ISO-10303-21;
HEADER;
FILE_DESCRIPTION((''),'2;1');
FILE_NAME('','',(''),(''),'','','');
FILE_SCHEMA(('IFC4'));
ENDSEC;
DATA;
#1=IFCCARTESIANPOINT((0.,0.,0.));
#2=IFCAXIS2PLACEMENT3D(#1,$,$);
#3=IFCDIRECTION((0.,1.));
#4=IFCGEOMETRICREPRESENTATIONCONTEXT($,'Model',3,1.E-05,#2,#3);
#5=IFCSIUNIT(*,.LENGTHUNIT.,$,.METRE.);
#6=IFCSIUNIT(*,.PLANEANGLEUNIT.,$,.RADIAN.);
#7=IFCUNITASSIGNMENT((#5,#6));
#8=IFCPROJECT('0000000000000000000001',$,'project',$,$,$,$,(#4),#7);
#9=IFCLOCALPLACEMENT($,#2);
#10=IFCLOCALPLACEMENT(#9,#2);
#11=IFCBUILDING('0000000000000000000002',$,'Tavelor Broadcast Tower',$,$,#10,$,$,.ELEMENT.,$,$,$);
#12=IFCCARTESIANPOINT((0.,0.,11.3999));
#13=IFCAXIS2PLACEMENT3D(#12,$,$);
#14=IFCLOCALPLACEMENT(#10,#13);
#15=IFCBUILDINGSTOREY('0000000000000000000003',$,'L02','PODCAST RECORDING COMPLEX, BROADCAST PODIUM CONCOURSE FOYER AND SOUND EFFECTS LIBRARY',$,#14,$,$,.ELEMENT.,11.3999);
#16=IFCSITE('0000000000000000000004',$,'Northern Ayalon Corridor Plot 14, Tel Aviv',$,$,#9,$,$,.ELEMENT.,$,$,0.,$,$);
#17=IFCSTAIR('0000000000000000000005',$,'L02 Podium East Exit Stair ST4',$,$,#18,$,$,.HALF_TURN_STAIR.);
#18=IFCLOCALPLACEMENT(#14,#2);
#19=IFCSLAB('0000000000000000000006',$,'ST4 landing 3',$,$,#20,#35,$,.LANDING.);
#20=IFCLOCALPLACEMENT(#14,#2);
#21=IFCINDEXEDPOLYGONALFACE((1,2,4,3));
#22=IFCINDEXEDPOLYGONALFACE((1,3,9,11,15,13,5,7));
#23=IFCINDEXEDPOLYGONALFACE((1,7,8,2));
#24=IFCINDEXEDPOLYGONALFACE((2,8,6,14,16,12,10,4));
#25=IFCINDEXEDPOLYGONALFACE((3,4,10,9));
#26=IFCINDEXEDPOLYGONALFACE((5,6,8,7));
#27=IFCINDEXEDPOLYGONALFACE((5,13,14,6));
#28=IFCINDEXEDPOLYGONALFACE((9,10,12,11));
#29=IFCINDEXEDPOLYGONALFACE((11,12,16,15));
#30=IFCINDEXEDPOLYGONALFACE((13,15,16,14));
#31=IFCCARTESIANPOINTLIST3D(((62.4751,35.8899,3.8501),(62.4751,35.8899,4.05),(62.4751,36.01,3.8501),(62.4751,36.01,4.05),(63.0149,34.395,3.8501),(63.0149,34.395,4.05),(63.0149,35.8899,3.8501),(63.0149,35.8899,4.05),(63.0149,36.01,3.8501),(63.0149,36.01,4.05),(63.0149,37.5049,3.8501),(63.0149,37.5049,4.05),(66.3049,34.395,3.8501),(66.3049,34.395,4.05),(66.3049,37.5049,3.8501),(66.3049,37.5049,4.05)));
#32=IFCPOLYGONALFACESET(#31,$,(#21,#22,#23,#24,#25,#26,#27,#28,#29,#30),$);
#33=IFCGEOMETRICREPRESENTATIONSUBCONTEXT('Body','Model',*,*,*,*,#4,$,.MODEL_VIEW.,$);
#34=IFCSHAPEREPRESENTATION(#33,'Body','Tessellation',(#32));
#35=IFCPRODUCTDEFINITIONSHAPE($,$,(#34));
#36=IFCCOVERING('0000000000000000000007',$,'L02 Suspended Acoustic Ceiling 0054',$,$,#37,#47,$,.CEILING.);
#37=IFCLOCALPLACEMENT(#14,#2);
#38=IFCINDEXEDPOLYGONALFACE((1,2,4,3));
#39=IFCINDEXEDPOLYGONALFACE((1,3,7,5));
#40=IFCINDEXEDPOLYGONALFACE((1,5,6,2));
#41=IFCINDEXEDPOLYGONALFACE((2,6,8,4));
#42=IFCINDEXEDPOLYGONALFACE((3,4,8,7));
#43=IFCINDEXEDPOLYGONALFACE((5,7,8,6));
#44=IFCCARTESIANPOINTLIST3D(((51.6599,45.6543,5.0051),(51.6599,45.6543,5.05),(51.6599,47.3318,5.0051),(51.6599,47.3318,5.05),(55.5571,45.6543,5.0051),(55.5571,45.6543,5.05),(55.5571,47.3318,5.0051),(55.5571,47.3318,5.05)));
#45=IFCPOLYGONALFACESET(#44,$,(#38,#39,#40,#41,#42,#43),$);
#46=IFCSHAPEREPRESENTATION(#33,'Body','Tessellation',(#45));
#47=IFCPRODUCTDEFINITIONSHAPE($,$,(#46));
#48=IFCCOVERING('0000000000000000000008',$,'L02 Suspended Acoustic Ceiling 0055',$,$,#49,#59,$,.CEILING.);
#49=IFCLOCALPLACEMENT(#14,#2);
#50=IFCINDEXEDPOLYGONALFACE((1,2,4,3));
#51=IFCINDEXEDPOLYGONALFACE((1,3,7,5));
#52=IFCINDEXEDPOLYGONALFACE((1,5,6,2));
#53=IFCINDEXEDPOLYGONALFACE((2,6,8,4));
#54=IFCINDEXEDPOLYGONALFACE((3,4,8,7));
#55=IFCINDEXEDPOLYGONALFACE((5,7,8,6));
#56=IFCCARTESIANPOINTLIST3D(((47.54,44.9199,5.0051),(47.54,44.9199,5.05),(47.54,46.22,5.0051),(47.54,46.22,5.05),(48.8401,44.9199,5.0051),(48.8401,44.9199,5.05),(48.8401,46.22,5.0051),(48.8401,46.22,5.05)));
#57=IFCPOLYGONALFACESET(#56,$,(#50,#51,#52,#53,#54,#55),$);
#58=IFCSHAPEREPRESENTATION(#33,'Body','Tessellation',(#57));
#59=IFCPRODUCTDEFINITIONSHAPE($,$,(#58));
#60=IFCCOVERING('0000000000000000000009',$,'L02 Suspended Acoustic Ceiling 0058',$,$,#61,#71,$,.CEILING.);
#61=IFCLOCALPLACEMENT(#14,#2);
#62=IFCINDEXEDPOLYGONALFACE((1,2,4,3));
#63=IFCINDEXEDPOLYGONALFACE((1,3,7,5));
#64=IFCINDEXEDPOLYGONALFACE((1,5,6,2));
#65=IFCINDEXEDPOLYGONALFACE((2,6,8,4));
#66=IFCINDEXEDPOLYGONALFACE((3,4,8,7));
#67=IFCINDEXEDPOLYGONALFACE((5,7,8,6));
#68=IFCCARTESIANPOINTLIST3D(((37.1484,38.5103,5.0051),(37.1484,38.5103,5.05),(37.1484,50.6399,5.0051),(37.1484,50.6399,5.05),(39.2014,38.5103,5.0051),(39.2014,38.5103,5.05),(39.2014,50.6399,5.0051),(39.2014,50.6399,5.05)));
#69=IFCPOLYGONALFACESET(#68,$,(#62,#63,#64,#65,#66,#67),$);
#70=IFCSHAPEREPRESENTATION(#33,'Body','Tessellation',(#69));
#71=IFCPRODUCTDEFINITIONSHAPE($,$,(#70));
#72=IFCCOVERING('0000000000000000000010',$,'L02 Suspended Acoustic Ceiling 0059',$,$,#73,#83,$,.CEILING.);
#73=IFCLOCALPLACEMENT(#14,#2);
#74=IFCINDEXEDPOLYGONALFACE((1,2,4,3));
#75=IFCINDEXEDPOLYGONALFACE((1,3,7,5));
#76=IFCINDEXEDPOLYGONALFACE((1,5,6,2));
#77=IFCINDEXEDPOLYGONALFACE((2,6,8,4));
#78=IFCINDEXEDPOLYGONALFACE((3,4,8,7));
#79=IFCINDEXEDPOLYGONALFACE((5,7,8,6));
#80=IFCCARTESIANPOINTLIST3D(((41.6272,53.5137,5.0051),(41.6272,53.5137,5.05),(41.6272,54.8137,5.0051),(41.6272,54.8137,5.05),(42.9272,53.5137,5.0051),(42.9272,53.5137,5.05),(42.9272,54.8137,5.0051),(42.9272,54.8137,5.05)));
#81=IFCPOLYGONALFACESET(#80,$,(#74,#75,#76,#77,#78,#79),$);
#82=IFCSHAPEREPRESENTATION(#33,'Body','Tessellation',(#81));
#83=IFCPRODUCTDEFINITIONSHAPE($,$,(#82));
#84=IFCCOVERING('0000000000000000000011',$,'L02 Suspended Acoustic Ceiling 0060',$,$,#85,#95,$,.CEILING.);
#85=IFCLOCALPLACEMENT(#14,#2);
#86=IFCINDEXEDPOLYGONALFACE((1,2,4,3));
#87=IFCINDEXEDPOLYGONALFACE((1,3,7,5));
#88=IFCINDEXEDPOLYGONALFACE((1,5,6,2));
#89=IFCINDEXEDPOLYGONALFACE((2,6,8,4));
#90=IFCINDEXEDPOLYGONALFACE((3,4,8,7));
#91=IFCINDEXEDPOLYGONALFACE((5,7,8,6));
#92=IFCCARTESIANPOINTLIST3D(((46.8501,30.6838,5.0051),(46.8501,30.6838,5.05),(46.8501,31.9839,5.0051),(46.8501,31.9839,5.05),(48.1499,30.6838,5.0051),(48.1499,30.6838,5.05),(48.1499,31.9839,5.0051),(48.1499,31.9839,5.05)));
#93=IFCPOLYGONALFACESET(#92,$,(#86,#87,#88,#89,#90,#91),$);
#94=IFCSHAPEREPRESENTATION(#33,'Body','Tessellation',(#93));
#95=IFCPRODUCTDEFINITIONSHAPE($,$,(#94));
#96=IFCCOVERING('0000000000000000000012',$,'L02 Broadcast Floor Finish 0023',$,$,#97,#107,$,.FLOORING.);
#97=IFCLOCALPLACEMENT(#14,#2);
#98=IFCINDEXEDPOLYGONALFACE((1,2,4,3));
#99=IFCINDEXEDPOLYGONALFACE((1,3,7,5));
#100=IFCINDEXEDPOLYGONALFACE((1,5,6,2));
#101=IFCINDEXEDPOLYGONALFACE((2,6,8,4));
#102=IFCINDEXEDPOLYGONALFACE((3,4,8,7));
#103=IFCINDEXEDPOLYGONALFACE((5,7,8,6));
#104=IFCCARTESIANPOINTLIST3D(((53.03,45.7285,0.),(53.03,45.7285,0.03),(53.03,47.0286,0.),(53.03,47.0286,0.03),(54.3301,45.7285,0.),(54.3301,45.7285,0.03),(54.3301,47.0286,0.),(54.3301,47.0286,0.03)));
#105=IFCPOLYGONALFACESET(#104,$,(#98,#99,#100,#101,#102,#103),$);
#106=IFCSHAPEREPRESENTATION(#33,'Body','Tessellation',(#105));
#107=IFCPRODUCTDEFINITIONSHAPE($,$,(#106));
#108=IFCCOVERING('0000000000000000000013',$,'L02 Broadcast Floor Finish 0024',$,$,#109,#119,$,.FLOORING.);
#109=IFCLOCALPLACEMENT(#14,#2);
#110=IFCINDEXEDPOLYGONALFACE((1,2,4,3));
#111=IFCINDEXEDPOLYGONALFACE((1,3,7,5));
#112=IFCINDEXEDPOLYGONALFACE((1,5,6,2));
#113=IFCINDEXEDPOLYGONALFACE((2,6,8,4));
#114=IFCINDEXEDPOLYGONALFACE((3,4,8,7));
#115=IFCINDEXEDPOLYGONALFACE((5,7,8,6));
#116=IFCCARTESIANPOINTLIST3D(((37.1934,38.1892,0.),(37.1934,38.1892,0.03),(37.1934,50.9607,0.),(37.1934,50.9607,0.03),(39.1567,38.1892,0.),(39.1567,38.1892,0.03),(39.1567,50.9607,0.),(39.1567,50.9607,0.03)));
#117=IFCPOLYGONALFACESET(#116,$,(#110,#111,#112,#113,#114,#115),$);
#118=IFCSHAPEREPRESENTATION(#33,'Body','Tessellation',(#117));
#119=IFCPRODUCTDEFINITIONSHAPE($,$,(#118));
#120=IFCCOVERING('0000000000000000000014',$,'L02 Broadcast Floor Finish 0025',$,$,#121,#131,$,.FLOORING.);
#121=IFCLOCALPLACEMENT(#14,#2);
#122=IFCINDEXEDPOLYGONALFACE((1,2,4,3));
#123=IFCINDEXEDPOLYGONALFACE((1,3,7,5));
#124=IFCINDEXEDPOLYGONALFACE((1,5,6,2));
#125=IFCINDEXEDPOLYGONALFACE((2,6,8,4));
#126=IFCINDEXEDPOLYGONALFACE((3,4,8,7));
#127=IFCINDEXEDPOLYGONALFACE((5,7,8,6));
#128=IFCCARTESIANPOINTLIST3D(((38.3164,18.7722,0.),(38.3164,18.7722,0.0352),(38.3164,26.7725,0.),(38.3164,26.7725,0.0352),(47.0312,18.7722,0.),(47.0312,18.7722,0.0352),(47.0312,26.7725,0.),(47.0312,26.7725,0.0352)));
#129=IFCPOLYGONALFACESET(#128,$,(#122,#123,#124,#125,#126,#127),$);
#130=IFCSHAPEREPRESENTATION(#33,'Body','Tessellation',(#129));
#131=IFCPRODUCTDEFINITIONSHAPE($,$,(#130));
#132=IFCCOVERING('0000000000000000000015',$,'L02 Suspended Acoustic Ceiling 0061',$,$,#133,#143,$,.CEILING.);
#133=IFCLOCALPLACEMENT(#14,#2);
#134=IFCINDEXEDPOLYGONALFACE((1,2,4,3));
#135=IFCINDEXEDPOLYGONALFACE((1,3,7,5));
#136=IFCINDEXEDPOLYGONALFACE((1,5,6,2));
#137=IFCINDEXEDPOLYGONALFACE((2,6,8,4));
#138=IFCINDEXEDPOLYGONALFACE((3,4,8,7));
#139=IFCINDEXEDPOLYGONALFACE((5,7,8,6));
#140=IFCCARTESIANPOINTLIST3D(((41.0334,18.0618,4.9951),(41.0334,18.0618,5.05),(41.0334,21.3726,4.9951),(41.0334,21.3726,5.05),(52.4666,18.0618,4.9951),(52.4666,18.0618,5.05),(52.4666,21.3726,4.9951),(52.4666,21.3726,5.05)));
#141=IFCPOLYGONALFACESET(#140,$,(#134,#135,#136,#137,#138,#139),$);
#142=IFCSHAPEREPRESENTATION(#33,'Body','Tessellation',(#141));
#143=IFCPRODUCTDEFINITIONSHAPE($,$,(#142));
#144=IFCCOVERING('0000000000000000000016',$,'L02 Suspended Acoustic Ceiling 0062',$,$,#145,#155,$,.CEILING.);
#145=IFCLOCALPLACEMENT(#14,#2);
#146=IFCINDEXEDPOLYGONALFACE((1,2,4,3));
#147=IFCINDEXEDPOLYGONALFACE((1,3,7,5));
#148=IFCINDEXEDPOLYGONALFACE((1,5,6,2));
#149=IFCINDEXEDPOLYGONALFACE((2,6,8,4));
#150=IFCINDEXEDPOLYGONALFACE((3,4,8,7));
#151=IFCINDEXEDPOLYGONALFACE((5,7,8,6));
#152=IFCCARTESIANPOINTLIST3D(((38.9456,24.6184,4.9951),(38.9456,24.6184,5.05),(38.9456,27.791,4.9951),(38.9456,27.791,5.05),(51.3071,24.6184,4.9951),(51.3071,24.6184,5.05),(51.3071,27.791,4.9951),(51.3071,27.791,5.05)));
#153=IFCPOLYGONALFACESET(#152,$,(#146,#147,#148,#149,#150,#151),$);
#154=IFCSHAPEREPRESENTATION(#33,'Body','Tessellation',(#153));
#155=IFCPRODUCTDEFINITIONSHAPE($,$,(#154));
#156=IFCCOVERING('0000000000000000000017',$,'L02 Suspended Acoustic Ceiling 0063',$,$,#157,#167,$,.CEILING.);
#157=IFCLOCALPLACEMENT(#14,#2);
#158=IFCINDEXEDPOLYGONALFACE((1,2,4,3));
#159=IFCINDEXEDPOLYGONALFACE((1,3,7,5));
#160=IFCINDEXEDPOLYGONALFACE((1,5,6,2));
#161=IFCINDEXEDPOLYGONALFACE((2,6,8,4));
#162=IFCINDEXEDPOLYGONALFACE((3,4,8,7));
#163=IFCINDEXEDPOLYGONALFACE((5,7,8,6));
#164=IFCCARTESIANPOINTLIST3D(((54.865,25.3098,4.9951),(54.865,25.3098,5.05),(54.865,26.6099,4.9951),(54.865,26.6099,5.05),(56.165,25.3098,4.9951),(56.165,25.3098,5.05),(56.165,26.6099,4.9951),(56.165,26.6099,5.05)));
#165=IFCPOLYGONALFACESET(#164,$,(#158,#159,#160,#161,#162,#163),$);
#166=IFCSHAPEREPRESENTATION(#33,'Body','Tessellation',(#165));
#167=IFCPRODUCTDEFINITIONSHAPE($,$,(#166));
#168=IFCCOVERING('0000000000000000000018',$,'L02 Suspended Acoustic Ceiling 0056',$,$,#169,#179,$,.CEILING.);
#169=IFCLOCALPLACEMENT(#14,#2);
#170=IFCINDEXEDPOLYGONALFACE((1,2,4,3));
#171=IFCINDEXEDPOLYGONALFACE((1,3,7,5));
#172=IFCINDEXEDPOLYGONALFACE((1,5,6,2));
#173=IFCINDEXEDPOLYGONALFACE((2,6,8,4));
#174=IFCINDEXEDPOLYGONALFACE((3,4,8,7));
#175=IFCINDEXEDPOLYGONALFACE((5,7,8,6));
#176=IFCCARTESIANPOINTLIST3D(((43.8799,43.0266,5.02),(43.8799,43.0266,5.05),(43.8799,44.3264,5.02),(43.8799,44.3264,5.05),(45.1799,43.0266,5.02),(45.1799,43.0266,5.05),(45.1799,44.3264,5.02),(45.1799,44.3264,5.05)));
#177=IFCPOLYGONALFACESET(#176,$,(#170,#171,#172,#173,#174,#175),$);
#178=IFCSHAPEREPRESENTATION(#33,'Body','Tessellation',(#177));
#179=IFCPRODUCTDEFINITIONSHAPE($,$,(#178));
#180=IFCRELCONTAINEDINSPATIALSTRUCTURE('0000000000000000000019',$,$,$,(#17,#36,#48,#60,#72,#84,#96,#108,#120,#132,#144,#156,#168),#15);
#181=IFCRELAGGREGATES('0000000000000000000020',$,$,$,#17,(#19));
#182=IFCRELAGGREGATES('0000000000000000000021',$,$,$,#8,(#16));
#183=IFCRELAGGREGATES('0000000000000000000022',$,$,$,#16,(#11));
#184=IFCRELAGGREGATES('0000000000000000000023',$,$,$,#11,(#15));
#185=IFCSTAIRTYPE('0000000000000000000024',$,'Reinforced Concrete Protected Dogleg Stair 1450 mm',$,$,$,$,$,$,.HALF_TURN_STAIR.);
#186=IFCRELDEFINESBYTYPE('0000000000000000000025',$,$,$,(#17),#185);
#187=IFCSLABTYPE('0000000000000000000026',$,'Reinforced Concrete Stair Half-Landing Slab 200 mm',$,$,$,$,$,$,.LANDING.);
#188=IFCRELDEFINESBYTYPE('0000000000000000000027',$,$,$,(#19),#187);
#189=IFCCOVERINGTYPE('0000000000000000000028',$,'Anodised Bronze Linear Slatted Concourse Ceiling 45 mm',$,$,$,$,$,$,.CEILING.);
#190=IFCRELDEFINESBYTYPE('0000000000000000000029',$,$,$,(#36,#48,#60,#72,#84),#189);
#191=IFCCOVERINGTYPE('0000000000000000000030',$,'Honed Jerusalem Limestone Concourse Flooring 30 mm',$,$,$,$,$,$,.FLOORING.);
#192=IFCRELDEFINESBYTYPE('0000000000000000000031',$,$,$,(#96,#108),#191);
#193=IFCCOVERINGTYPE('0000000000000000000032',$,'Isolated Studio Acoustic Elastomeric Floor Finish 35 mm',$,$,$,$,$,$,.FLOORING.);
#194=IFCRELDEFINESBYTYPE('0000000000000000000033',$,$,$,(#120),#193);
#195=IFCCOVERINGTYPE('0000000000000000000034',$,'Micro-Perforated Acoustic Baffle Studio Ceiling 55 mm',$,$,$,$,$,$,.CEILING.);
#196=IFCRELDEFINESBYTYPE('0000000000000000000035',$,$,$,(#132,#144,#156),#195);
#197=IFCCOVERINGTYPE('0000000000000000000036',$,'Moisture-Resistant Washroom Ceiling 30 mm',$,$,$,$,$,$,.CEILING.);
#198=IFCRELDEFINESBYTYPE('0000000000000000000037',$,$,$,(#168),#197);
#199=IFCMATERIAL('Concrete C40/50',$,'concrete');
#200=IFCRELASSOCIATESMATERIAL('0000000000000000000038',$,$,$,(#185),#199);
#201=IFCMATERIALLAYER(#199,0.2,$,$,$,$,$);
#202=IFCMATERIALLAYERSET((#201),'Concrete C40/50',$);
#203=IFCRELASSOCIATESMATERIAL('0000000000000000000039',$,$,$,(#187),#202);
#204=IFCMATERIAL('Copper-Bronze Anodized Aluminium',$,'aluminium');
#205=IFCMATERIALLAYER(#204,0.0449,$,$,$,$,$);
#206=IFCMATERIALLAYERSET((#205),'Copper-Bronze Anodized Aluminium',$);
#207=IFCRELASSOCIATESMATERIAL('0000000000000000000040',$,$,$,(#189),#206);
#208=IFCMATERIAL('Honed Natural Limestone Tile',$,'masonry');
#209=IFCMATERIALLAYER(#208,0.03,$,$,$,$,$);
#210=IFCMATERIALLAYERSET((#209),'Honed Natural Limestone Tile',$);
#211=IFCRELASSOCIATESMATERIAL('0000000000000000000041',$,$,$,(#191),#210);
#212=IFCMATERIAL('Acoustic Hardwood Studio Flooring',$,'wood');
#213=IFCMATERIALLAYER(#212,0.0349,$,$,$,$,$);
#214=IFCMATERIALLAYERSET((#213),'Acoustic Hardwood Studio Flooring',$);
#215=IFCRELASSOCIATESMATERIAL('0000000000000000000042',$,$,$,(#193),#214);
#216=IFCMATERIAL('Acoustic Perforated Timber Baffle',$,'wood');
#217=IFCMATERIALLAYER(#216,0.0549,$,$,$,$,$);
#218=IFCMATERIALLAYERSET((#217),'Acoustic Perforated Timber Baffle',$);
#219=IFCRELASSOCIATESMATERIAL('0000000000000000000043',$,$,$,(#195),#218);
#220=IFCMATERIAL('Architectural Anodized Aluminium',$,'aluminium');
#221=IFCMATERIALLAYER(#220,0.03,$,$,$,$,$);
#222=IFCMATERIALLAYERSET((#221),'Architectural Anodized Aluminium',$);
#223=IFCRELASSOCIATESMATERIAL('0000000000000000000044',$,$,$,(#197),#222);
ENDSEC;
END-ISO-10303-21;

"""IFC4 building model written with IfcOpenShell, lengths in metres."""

from ifc_helpers import new_model, si_unit, direction, frame, origin, place, context, subcontext, project, spatial, polyline, outline, extrude, material, layer, layer_set, type_object, element, aggregate, save


model = new_model("IFC4")

# Units and contexts
model_context = context("Model", 3, precision=1e-05, world=origin(), true_north=direction((0.0, 1.0)))
body_context = subcontext(model_context, "Body", "Model", "MODEL_VIEW")
ifc_project = project(units=[si_unit("LENGTHUNIT", "METRE"), si_unit("PLANEANGLEUNIT", "RADIAN")], contexts=[model_context])

# Site, building, storey
site_placement = place(None, origin())
site = spatial("IfcSite", under=ifc_project, at=site_placement, Name="Northern Ayalon Corridor Plot 14, Tel Aviv", CompositionType="ELEMENT", RefElevation=0.0)
building_placement = place(site_placement, origin())
building = spatial("IfcBuilding", under=site, at=building_placement, Name="Tavelor Broadcast Tower", CompositionType="ELEMENT")
storey_placement = place(building_placement, frame((0.0, 0.0, 11.3999)))
storey = spatial("IfcBuildingStorey", under=building, at=storey_placement, Name="L02", Description="PODCAST RECORDING COMPLEX, BROADCAST PODIUM CONCOURSE FOYER AND SOUND EFFECTS LIBRARY", CompositionType="ELEMENT", Elevation=11.3999)

# Shared definitions
ifc_material_1 = material(Name="Concrete C40/50", Category="concrete")

# Stair, slab
stair_type = type_object("IfcStairType", Name="Reinforced Concrete Protected Dogleg Stair 1450 mm", PredefinedType="HALF_TURN_STAIR", material=ifc_material_1)
ifc_layer_1 = layer(ifc_material_1, 0.2)
ifc_layer_set_1 = layer_set([ifc_layer_1], Name="Concrete C40/50")
slab_type_1 = type_object("IfcSlabType", Name="Reinforced Concrete Stair Half-Landing Slab 200 mm", PredefinedType="LANDING", material=ifc_layer_set_1)
stair_1_placement = place(storey_placement, origin())
stair_1 = element("IfcStair", 1, at=stair_1_placement, inside=storey, type_object=stair_type, Name="L02 Podium East Exit Stair ST4", PredefinedType="HALF_TURN_STAIR")
slab_1_placement = place(storey_placement, frame((0.0, 0.0, 3.8501)))
slab_1 = element("IfcSlab", 2, at=slab_1_placement, type_object=slab_type_1, Name="ST4 landing 3", PredefinedType="LANDING", context=body_context, shape_type="SweptSolid", body=[
    extrude(outline(polyline([(63.0149, 35.8899), (63.0149, 34.395), (66.3049, 34.395), (66.3049, 37.5049), (63.0149, 37.5049), (63.0149, 36.01), (62.4751, 36.01), (62.4751, 35.8899), (63.0149, 35.8899)])), origin(), (0.0, 0.0, 1.0), 0.2),
])
aggregate(stair_1, [slab_1])

# Coverings
ifc_material_2 = material(Name="Copper-Bronze Anodized Aluminium", Category="aluminium")
ifc_layer_2 = layer(ifc_material_2, 0.0449)
ifc_layer_set_2 = layer_set([ifc_layer_2], Name="Copper-Bronze Anodized Aluminium")
covering_type_1 = type_object("IfcCoveringType", Name="Anodised Bronze Linear Slatted Concourse Ceiling 45 mm", PredefinedType="CEILING", material=ifc_layer_set_2)
covering_1_placement = place(storey_placement, frame((0.0, 0.0, 5.0051)))
element("IfcCovering", 3, at=covering_1_placement, inside=storey, type_object=covering_type_1, Name="L02 Suspended Acoustic Ceiling 0054", PredefinedType="CEILING", context=body_context, shape_type="SweptSolid", body=[
    extrude(outline(polyline([(51.6599, 45.6543), (55.5571, 45.6543), (55.5571, 47.3318), (51.6599, 47.3318), (51.6599, 45.6543)])), origin(), (0.0, 0.0, 1.0), 0.0449),
])
covering_2_placement = place(storey_placement, frame((0.0, 0.0, 5.0051)))
element("IfcCovering", 4, at=covering_2_placement, inside=storey, type_object=covering_type_1, Name="L02 Suspended Acoustic Ceiling 0055", PredefinedType="CEILING", context=body_context, shape_type="SweptSolid", body=[
    extrude(outline(polyline([(47.54, 44.9199), (48.8401, 44.9199), (48.8401, 46.22), (47.54, 46.22), (47.54, 44.9199)])), origin(), (0.0, 0.0, 1.0), 0.0449),
])
covering_3_placement = place(storey_placement, frame((0.0, 0.0, 5.0051)))
element("IfcCovering", 5, at=covering_3_placement, inside=storey, type_object=covering_type_1, Name="L02 Suspended Acoustic Ceiling 0058", PredefinedType="CEILING", context=body_context, shape_type="SweptSolid", body=[
    extrude(outline(polyline([(37.1484, 38.5103), (39.2014, 38.5103), (39.2014, 50.6399), (37.1484, 50.6399), (37.1484, 38.5103)])), origin(), (0.0, 0.0, 1.0), 0.0449),
])
covering_4_placement = place(storey_placement, frame((0.0, 0.0, 5.0051)))
element("IfcCovering", 6, at=covering_4_placement, inside=storey, type_object=covering_type_1, Name="L02 Suspended Acoustic Ceiling 0059", PredefinedType="CEILING", context=body_context, shape_type="SweptSolid", body=[
    extrude(outline(polyline([(41.6272, 53.5137), (42.9272, 53.5137), (42.9272, 54.8137), (41.6272, 54.8137), (41.6272, 53.5137)])), origin(), (0.0, 0.0, 1.0), 0.0449),
])
covering_5_placement = place(storey_placement, frame((0.0, 0.0, 5.0051)))
element("IfcCovering", 7, at=covering_5_placement, inside=storey, type_object=covering_type_1, Name="L02 Suspended Acoustic Ceiling 0060", PredefinedType="CEILING", context=body_context, shape_type="SweptSolid", body=[
    extrude(outline(polyline([(46.8501, 30.6838), (48.1499, 30.6838), (48.1499, 31.9839), (46.8501, 31.9839), (46.8501, 30.6838)])), origin(), (0.0, 0.0, 1.0), 0.0449),
])
ifc_material_3 = material(Name="Honed Natural Limestone Tile", Category="masonry")
ifc_layer_3 = layer(ifc_material_3, 0.03)
ifc_layer_set_3 = layer_set([ifc_layer_3], Name="Honed Natural Limestone Tile")
covering_type_2 = type_object("IfcCoveringType", Name="Honed Jerusalem Limestone Concourse Flooring 30 mm", PredefinedType="FLOORING", material=ifc_layer_set_3)
covering_6_placement = place(storey_placement, origin())
element("IfcCovering", 8, at=covering_6_placement, inside=storey, type_object=covering_type_2, Name="L02 Broadcast Floor Finish 0023", PredefinedType="FLOORING", context=body_context, shape_type="SweptSolid", body=[
    extrude(outline(polyline([(53.03, 45.7285), (54.3301, 45.7285), (54.3301, 47.0286), (53.03, 47.0286), (53.03, 45.7285)])), origin(), (0.0, 0.0, 1.0), 0.03),
])
covering_7_placement = place(storey_placement, origin())
element("IfcCovering", 9, at=covering_7_placement, inside=storey, type_object=covering_type_2, Name="L02 Broadcast Floor Finish 0024", PredefinedType="FLOORING", context=body_context, shape_type="SweptSolid", body=[
    extrude(outline(polyline([(37.1934, 38.1892), (39.1567, 38.1892), (39.1567, 50.9607), (37.1934, 50.9607), (37.1934, 38.1892)])), origin(), (0.0, 0.0, 1.0), 0.03),
])
ifc_material_4 = material(Name="Acoustic Hardwood Studio Flooring", Category="wood")
ifc_layer_4 = layer(ifc_material_4, 0.0349)
ifc_layer_set_4 = layer_set([ifc_layer_4], Name="Acoustic Hardwood Studio Flooring")
covering_type_3 = type_object("IfcCoveringType", Name="Isolated Studio Acoustic Elastomeric Floor Finish 35 mm", PredefinedType="FLOORING", material=ifc_layer_set_4)
covering_8_placement = place(storey_placement, origin())
element("IfcCovering", 10, at=covering_8_placement, inside=storey, type_object=covering_type_3, Name="L02 Broadcast Floor Finish 0025", PredefinedType="FLOORING", context=body_context, shape_type="SweptSolid", body=[
    extrude(outline(polyline([(38.3164, 18.7722), (47.0312, 18.7722), (47.0312, 26.7725), (38.3164, 26.7725), (38.3164, 18.7722)])), origin(), (0.0, 0.0, 1.0), 0.0352),
])
ifc_material_5 = material(Name="Acoustic Perforated Timber Baffle", Category="wood")
ifc_layer_5 = layer(ifc_material_5, 0.0549)
ifc_layer_set_5 = layer_set([ifc_layer_5], Name="Acoustic Perforated Timber Baffle")
covering_type_4 = type_object("IfcCoveringType", Name="Micro-Perforated Acoustic Baffle Studio Ceiling 55 mm", PredefinedType="CEILING", material=ifc_layer_set_5)
covering_9_placement = place(storey_placement, frame((0.0, 0.0, 4.9951)))
element("IfcCovering", 11, at=covering_9_placement, inside=storey, type_object=covering_type_4, Name="L02 Suspended Acoustic Ceiling 0061", PredefinedType="CEILING", context=body_context, shape_type="SweptSolid", body=[
    extrude(outline(polyline([(41.0334, 18.0618), (52.4666, 18.0618), (52.4666, 21.3726), (41.0334, 21.3726), (41.0334, 18.0618)])), origin(), (0.0, 0.0, 1.0), 0.0549),
])
covering_10_placement = place(storey_placement, frame((0.0, 0.0, 4.9951)))
element("IfcCovering", 12, at=covering_10_placement, inside=storey, type_object=covering_type_4, Name="L02 Suspended Acoustic Ceiling 0062", PredefinedType="CEILING", context=body_context, shape_type="SweptSolid", body=[
    extrude(outline(polyline([(38.9456, 24.6184), (51.3071, 24.6184), (51.3071, 27.791), (38.9456, 27.791), (38.9456, 24.6184)])), origin(), (0.0, 0.0, 1.0), 0.0549),
])
covering_11_placement = place(storey_placement, frame((0.0, 0.0, 4.9951)))
element("IfcCovering", 13, at=covering_11_placement, inside=storey, type_object=covering_type_4, Name="L02 Suspended Acoustic Ceiling 0063", PredefinedType="CEILING", context=body_context, shape_type="SweptSolid", body=[
    extrude(outline(polyline([(54.865, 25.3098), (56.165, 25.3098), (56.165, 26.6099), (54.865, 26.6099), (54.865, 25.3098)])), origin(), (0.0, 0.0, 1.0), 0.0549),
])
ifc_material_6 = material(Name="Architectural Anodized Aluminium", Category="aluminium")
ifc_layer_6 = layer(ifc_material_6, 0.03)
ifc_layer_set_6 = layer_set([ifc_layer_6], Name="Architectural Anodized Aluminium")
covering_type_5 = type_object("IfcCoveringType", Name="Moisture-Resistant Washroom Ceiling 30 mm", PredefinedType="CEILING", material=ifc_layer_set_6)
covering_12_placement = place(storey_placement, frame((0.0, 0.0, 5.02)))
element("IfcCovering", 14, at=covering_12_placement, inside=storey, type_object=covering_type_5, Name="L02 Suspended Acoustic Ceiling 0056", PredefinedType="CEILING", context=body_context, shape_type="SweptSolid", body=[
    extrude(outline(polyline([(43.8799, 43.0266), (45.1799, 43.0266), (45.1799, 44.3264), (43.8799, 44.3264), (43.8799, 43.0266)])), origin(), (0.0, 0.0, 1.0), 0.03),
])

save(model, "model.ifc")
